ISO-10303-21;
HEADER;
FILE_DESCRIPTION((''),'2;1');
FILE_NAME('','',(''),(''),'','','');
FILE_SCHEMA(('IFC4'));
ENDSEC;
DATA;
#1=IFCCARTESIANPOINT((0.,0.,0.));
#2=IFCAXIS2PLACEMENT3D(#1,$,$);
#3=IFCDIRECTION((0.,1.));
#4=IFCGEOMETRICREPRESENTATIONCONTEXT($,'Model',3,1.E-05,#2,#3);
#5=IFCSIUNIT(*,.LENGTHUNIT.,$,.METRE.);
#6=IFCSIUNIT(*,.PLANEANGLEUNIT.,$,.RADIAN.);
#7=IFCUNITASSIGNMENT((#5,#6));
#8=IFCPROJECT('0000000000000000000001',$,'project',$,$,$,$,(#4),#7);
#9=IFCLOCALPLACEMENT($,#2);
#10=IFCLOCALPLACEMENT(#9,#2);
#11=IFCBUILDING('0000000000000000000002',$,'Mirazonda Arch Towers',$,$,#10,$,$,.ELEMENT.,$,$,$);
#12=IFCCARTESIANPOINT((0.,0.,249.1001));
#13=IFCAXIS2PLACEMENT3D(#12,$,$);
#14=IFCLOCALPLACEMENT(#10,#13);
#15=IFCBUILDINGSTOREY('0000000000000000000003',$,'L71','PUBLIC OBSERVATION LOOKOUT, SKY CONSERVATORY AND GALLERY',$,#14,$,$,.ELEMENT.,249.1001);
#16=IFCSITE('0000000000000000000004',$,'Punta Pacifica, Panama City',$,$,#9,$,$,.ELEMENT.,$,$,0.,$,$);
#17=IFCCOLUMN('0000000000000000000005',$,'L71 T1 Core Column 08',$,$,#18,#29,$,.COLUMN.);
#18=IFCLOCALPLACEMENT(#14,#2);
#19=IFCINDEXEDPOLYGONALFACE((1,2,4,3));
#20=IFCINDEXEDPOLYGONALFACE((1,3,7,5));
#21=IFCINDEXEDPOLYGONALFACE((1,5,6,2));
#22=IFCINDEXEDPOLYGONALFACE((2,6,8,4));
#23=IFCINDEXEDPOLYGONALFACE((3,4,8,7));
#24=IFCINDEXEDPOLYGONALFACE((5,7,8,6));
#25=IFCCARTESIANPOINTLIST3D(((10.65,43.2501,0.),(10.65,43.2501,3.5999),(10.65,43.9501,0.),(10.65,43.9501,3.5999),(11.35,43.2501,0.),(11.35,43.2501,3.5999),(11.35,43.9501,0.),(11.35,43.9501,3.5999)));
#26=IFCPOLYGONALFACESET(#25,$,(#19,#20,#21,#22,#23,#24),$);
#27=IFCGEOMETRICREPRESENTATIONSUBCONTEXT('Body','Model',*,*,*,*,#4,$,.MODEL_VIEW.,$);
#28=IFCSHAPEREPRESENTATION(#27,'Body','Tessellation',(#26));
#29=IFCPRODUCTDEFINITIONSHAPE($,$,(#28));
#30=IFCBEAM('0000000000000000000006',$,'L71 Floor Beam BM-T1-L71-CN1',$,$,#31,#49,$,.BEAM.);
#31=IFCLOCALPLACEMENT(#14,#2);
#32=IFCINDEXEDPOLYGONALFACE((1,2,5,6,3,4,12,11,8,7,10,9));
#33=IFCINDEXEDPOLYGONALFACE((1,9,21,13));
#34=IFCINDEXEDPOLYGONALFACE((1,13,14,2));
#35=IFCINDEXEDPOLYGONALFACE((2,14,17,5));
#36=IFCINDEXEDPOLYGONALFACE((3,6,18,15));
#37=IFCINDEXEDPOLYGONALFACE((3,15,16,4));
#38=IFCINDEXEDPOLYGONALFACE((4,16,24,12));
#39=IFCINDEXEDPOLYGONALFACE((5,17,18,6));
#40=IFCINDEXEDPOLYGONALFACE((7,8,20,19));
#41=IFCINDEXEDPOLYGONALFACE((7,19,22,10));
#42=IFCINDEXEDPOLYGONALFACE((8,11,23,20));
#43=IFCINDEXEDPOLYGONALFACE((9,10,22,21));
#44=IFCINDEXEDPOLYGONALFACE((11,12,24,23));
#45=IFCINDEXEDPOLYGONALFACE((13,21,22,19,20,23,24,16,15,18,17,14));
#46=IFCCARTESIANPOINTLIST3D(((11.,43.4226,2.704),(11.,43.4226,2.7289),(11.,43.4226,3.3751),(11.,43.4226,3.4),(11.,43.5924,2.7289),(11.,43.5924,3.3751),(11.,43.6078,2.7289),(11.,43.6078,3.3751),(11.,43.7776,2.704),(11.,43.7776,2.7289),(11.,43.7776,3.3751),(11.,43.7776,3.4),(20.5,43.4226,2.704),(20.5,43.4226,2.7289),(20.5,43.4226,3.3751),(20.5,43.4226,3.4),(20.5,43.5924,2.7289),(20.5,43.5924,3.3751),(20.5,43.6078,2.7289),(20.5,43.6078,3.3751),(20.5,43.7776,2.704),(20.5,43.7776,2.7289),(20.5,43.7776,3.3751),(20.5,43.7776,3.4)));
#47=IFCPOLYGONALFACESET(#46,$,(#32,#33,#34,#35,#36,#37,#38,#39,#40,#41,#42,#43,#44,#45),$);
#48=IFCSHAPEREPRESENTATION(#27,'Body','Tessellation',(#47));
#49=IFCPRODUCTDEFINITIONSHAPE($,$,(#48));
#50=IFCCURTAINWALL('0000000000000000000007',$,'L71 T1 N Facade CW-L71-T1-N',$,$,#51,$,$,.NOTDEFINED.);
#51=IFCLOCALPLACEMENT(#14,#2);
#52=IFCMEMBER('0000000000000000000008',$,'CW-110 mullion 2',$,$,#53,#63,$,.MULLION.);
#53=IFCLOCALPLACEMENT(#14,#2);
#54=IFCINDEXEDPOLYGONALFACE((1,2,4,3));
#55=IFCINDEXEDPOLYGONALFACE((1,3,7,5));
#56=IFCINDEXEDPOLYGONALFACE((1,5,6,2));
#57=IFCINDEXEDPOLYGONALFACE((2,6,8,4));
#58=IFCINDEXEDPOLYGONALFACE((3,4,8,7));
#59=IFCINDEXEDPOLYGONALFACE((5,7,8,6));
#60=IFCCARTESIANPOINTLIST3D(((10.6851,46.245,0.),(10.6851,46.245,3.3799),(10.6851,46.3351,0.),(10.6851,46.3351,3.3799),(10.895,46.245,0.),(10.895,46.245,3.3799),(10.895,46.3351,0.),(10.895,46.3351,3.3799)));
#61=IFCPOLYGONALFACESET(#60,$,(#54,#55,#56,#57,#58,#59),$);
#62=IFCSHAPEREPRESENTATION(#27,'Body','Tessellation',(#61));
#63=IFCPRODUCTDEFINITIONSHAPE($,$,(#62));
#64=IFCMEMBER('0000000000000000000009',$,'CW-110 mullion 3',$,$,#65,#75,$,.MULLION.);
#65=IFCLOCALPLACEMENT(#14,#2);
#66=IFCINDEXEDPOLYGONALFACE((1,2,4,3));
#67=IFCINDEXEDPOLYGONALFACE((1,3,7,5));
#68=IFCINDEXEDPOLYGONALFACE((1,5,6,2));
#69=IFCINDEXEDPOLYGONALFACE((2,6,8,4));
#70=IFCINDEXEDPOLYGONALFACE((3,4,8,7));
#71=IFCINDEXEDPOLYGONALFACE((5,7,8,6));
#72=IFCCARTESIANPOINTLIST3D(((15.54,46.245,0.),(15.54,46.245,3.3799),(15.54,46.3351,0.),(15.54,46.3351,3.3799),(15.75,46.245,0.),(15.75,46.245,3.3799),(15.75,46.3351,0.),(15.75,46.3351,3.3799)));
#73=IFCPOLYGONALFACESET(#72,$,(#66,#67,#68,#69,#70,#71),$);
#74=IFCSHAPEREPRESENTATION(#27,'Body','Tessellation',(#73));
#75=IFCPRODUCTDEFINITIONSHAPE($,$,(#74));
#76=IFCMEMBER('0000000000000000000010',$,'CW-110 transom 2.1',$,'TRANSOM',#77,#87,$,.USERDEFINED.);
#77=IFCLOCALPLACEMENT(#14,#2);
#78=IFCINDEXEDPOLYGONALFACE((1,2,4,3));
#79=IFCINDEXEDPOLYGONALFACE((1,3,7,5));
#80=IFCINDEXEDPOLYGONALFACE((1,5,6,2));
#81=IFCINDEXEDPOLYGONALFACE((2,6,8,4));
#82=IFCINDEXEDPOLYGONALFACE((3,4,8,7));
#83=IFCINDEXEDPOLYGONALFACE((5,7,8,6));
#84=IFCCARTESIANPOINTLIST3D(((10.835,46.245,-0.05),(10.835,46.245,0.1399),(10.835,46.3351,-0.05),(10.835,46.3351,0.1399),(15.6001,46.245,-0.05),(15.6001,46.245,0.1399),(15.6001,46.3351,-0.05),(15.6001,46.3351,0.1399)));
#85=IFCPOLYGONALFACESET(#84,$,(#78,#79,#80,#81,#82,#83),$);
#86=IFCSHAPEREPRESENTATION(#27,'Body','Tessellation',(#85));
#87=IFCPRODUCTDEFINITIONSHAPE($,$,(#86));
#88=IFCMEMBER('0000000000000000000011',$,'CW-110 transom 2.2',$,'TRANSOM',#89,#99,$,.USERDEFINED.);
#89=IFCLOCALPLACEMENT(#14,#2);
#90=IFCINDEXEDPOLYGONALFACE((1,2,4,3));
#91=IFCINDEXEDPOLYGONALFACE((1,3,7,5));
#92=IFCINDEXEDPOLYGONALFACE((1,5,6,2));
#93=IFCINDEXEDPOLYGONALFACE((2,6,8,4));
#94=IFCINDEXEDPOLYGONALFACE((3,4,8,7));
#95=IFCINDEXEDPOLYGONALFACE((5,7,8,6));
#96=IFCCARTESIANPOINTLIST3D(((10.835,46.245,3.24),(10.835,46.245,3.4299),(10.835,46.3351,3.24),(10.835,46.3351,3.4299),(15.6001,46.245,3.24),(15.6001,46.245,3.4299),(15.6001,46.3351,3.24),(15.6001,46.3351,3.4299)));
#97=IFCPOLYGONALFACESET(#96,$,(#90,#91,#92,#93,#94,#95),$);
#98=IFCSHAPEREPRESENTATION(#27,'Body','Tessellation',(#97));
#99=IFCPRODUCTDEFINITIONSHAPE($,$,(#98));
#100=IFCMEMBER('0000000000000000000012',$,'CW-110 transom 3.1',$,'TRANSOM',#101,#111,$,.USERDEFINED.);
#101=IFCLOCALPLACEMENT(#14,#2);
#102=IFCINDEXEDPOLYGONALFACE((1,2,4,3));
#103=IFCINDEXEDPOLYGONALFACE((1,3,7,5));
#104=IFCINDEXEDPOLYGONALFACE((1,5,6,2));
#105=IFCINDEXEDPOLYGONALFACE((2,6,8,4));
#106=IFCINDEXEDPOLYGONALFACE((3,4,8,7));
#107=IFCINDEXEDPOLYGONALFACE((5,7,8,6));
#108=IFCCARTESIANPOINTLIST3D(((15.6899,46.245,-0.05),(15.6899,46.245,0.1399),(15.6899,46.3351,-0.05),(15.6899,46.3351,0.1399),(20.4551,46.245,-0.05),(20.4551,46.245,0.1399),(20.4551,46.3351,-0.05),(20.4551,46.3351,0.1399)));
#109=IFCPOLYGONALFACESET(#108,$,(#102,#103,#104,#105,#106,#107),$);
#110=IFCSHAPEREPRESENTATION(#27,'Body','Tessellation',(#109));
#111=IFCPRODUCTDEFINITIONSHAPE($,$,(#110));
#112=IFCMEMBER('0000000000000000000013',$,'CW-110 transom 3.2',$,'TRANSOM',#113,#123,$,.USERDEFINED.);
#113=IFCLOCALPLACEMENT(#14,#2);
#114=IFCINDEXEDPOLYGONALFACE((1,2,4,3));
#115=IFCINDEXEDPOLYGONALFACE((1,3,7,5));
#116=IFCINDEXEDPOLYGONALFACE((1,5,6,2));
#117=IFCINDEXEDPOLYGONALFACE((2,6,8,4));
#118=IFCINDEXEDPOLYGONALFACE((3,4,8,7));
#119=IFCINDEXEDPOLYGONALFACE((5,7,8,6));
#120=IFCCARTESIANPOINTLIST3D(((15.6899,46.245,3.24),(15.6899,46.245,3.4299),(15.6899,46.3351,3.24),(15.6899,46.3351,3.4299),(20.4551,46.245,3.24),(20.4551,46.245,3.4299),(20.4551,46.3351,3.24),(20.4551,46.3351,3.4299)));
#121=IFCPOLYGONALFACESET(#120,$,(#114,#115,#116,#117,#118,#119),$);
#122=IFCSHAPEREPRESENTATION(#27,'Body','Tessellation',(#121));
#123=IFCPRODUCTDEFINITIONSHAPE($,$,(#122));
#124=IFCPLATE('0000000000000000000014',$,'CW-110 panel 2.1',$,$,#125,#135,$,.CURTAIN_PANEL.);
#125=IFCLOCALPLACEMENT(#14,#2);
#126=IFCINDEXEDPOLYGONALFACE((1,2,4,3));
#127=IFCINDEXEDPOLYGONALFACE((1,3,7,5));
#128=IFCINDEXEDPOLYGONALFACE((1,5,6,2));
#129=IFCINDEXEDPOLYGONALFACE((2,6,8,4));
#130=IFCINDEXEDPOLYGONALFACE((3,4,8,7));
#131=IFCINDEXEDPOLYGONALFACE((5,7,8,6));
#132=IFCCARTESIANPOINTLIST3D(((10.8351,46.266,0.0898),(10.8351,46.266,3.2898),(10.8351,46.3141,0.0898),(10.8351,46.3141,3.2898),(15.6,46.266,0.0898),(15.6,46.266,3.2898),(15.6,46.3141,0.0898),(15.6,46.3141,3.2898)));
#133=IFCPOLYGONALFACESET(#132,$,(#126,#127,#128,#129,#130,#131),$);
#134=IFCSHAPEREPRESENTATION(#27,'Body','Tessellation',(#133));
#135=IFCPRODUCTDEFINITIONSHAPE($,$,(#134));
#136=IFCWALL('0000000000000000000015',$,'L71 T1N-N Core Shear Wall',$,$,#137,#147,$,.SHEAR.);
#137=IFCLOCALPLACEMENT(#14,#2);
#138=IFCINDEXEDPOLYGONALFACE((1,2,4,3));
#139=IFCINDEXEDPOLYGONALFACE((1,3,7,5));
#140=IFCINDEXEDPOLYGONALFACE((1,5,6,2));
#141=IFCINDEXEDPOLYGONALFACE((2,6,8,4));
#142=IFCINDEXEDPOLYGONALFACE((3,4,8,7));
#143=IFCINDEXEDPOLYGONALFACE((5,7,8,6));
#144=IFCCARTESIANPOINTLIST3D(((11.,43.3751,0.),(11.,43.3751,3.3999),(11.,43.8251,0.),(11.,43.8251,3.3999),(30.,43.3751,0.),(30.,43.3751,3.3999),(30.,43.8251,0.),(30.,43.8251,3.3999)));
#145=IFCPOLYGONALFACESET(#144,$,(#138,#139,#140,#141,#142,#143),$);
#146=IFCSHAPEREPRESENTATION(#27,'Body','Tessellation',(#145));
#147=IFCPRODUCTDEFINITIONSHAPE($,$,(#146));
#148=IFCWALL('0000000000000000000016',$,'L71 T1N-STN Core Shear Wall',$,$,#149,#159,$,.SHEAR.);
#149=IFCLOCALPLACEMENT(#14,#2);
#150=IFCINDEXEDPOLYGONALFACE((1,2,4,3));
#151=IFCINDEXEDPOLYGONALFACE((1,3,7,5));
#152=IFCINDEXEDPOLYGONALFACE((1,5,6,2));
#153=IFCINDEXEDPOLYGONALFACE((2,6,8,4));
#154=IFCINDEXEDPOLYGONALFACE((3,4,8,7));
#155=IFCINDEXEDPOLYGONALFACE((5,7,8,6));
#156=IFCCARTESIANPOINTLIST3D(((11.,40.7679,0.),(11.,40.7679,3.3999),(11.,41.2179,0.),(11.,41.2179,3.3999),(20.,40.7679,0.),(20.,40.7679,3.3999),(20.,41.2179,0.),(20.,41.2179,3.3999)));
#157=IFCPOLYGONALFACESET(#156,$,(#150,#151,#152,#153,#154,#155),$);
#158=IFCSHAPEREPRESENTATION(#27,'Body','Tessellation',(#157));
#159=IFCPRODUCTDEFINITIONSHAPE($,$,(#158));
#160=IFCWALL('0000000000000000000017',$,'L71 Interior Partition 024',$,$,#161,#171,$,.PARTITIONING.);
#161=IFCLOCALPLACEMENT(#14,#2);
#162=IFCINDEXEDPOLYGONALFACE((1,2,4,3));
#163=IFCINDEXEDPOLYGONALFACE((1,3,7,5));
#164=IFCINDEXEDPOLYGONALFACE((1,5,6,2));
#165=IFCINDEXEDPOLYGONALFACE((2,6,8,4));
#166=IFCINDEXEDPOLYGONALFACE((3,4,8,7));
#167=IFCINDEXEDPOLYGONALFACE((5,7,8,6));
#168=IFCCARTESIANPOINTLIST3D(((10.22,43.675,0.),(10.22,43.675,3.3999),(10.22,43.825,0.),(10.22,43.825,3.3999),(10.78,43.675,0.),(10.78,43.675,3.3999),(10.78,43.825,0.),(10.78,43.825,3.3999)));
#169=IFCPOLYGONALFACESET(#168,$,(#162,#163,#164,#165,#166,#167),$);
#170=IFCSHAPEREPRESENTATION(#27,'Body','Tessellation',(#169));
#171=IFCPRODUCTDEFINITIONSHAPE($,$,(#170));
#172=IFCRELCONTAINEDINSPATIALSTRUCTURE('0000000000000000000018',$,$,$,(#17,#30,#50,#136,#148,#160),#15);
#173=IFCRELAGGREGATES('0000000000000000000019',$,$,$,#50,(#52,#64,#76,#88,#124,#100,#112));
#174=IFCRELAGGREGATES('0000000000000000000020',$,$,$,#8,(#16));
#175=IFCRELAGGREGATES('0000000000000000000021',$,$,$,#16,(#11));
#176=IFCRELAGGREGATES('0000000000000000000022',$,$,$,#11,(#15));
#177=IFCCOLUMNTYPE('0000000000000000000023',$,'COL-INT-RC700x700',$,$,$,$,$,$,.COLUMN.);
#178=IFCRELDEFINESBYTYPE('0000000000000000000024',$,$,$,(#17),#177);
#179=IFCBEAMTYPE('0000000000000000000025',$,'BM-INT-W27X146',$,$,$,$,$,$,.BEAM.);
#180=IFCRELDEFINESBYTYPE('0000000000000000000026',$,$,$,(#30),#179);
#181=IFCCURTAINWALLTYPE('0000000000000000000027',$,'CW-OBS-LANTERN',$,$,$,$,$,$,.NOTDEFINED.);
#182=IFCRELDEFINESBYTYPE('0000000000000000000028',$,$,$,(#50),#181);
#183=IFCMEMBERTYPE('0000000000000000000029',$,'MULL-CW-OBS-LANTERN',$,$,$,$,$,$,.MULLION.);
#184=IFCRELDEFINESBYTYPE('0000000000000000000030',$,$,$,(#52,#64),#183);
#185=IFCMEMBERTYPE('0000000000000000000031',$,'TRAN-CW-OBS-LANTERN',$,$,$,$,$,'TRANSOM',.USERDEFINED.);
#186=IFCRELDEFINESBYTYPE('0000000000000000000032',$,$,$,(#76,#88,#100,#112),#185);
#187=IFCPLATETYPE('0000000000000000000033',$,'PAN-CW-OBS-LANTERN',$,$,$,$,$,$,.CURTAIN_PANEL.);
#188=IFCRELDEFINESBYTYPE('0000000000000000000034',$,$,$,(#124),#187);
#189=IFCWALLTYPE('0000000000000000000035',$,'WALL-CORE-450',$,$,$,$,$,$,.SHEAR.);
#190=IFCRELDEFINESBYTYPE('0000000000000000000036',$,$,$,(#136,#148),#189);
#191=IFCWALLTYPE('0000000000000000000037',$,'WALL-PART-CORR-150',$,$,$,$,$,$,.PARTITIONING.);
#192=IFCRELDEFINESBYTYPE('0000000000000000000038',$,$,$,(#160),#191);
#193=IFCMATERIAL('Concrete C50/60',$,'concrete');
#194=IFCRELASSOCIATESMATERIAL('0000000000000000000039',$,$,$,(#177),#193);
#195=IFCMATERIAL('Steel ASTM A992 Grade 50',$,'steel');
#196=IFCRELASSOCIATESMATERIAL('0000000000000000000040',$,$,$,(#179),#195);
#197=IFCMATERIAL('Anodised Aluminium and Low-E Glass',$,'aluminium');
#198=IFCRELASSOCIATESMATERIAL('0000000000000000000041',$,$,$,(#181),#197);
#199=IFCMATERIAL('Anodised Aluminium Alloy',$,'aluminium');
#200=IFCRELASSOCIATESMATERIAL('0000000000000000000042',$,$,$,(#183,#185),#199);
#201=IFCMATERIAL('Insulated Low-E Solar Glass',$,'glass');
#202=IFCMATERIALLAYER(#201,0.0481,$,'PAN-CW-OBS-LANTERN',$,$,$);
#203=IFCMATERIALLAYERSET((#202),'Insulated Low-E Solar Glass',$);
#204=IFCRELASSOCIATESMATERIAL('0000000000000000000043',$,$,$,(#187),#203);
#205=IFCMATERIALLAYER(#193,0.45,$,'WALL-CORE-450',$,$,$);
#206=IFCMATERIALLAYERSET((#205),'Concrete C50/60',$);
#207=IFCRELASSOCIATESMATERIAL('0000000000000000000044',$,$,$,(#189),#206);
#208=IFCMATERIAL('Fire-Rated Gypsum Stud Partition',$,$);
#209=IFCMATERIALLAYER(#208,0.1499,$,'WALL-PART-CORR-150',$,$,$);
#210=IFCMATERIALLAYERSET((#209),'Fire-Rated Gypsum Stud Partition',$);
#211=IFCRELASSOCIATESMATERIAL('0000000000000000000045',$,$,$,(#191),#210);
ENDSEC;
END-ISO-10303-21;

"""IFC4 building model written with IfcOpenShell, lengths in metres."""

from ifc_helpers import new_model, si_unit, direction, frame, frame_2d, origin, origin_2d, place, context, subcontext, project, spatial, rectangle, i_section, extrude, material, layer, layer_set, material_profile, profile_set, type_object, element, aggregate, save


model = new_model("IFC4")

# Units and contexts
model_context = context("Model", 3, precision=1e-05, world=origin(), true_north=direction((0.0, 1.0)))
body_context = subcontext(model_context, "Body", "Model", "MODEL_VIEW")
ifc_project = project(units=[si_unit("LENGTHUNIT", "METRE"), si_unit("PLANEANGLEUNIT", "RADIAN")], contexts=[model_context])

# Site, building, storey
site_placement = place(None, origin())
site = spatial("IfcSite", under=ifc_project, at=site_placement, Name="Punta Pacifica, Panama City", CompositionType="ELEMENT", RefElevation=0.0)
building_placement = place(site_placement, origin())
building = spatial("IfcBuilding", under=site, at=building_placement, Name="Mirazonda Arch Towers", CompositionType="ELEMENT")
storey_placement = place(building_placement, frame((0.0, 0.0, 249.1001)))
storey = spatial("IfcBuildingStorey", under=building, at=storey_placement, Name="L71", Description="PUBLIC OBSERVATION LOOKOUT, SKY CONSERVATORY AND GALLERY", CompositionType="ELEMENT", Elevation=249.1001)

# Column
ifc_material_1 = material(Name="Concrete C50/60", Category="concrete")
ifc_material_profile_1 = material_profile(ifc_material_1, rectangle(XDim=0.7, YDim=0.7, at=origin_2d()), Name="RC700x700")
ifc_profile_set_1 = profile_set([ifc_material_profile_1], Name="Concrete C50/60")
column_type = type_object("IfcColumnType", Name="COL-INT-RC700x700", PredefinedType="COLUMN", material=ifc_profile_set_1)
column_placement = place(storey_placement, frame((11.0, 43.6001, 0.0), z_axis=(0.0, 0.0, 1.0), x_axis=(1.0, 0.0, 0.0)))
element("IfcColumn", 1, at=column_placement, inside=storey, type_object=column_type, Name="L71 T1 Core Column 08", PredefinedType="COLUMN", context=body_context, shape_type="SweptSolid", body=[
    extrude(rectangle(XDim=0.7, YDim=0.7, at=origin_2d()), origin(), (0.0, 0.0, 1.0), 3.5999),
])

# Beam
ifc_material_2 = material(Name="Steel ASTM A992 Grade 50", Category="steel")
ifc_material_profile_2 = material_profile(ifc_material_2, i_section(OverallWidth=0.355, OverallDepth=0.696, WebThickness=0.0154, FlangeThickness=0.0249, at=origin_2d()), Name="W27X146")
ifc_profile_set_2 = profile_set([ifc_material_profile_2], Name="Steel ASTM A992 Grade 50")
beam_type = type_object("IfcBeamType", Name="BM-INT-W27X146", PredefinedType="BEAM", material=ifc_profile_set_2)
beam_placement = place(storey_placement, frame((11.0, 43.6001, 3.052), z_axis=(1.0, 0.0, 0.0), x_axis=(0.0, 1.0, 0.0)))
element("IfcBeam", 2, at=beam_placement, inside=storey, type_object=beam_type, Name="L71 Floor Beam BM-T1-L71-CN1", PredefinedType="BEAM", context=body_context, shape_type="SweptSolid", body=[
    extrude(i_section(OverallWidth=0.355, OverallDepth=0.696, WebThickness=0.0154, FlangeThickness=0.0249, at=origin_2d()), origin(), (0.0, 0.0, 1.0), 9.5),
])

# Curtain wall, members, plate
ifc_material_3 = material(Name="Anodised Aluminium and Low-E Glass", Category="aluminium")
curtain_wall_type = type_object("IfcCurtainWallType", Name="CW-OBS-LANTERN", PredefinedType="NOTDEFINED", material=ifc_material_3)
curtain_wall_placement = place(storey_placement, origin())
curtain_wall = element("IfcCurtainWall", 3, at=curtain_wall_placement, inside=storey, type_object=curtain_wall_type, Name="L71 T1 N Facade CW-L71-T1-N", PredefinedType="NOTDEFINED")
ifc_material_4 = material(Name="Anodised Aluminium Alloy", Category="aluminium")
ifc_material_profile_3 = material_profile(ifc_material_4, rectangle(XDim=0.0901, YDim=0.21, at=origin_2d()), Name="ALU-MULL-90x210")
ifc_profile_set_3 = profile_set([ifc_material_profile_3], Name="Anodised Aluminium Alloy")
member_type_1 = type_object("IfcMemberType", Name="MULL-CW-OBS-LANTERN", PredefinedType="MULLION", material=ifc_profile_set_3)
member_1_placement = place(storey_placement, frame((10.79, 46.29, 0.0), z_axis=(0.0, 0.0, 1.0), x_axis=(0.0, 1.0, 0.0)))
member_1 = element("IfcMember", 4, at=member_1_placement, type_object=member_type_1, Name="CW-110 mullion 2", PredefinedType="MULLION", context=body_context, shape_type="SweptSolid", body=[
    extrude(rectangle(XDim=0.0901, YDim=0.21, at=origin_2d()), origin(), (0.0, 0.0, 1.0), 3.3799),
])
member_2_placement = place(storey_placement, frame((15.645, 46.29, 0.0), z_axis=(0.0, 0.0, 1.0), x_axis=(0.0, 1.0, 0.0)))
member_2 = element("IfcMember", 5, at=member_2_placement, type_object=member_type_1, Name="CW-110 mullion 3", PredefinedType="MULLION", context=body_context, shape_type="SweptSolid", body=[
    extrude(rectangle(XDim=0.0901, YDim=0.21, at=origin_2d()), origin(), (0.0, 0.0, 1.0), 3.3799),
])
ifc_material_profile_4 = material_profile(ifc_material_4, rectangle(XDim=0.0901, YDim=0.1899, at=origin_2d()), Name="ALU-TRAN-90x190")
ifc_profile_set_4 = profile_set([ifc_material_profile_4], Name="Anodised Aluminium Alloy")
member_type_2 = type_object("IfcMemberType", Name="TRAN-CW-OBS-LANTERN", ElementType="TRANSOM", PredefinedType="USERDEFINED", material=ifc_profile_set_4)
member_3_placement = place(storey_placement, frame((10.835, 46.29, 0.0449), z_axis=(1.0, 0.0, 0.0), x_axis=(0.0, 1.0, 0.0)))
member_3 = element("IfcMember", 6, at=member_3_placement, type_object=member_type_2, Name="CW-110 transom 2.1", ObjectType="TRANSOM", PredefinedType="USERDEFINED", context=body_context, shape_type="SweptSolid", body=[
    extrude(rectangle(XDim=0.0901, YDim=0.1899, at=origin_2d()), origin(), (0.0, 0.0, 1.0), 4.7651),
])
member_4_placement = place(storey_placement, frame((10.835, 46.29, 3.335), z_axis=(1.0, 0.0, 0.0), x_axis=(0.0, 1.0, 0.0)))
member_4 = element("IfcMember", 7, at=member_4_placement, type_object=member_type_2, Name="CW-110 transom 2.2", ObjectType="TRANSOM", PredefinedType="USERDEFINED", context=body_context, shape_type="SweptSolid", body=[
    extrude(rectangle(XDim=0.0901, YDim=0.1899, at=origin_2d()), origin(), (0.0, 0.0, 1.0), 4.7651),
])
member_5_placement = place(storey_placement, frame((15.6899, 46.29, 0.0449), z_axis=(1.0, 0.0, 0.0), x_axis=(0.0, 1.0, 0.0)))
member_5 = element("IfcMember", 8, at=member_5_placement, type_object=member_type_2, Name="CW-110 transom 3.1", ObjectType="TRANSOM", PredefinedType="USERDEFINED", context=body_context, shape_type="SweptSolid", body=[
    extrude(rectangle(XDim=0.0901, YDim=0.1899, at=origin_2d()), origin(), (0.0, 0.0, 1.0), 4.7651),
])
member_6_placement = place(storey_placement, frame((15.6899, 46.29, 3.335), z_axis=(1.0, 0.0, 0.0), x_axis=(0.0, 1.0, 0.0)))
member_6 = element("IfcMember", 9, at=member_6_placement, type_object=member_type_2, Name="CW-110 transom 3.2", ObjectType="TRANSOM", PredefinedType="USERDEFINED", context=body_context, shape_type="SweptSolid", body=[
    extrude(rectangle(XDim=0.0901, YDim=0.1899, at=origin_2d()), origin(), (0.0, 0.0, 1.0), 4.7651),
])
ifc_material_5 = material(Name="Insulated Low-E Solar Glass", Category="glass")
ifc_layer_1 = layer(ifc_material_5, 0.0481, Name="PAN-CW-OBS-LANTERN")
ifc_layer_set_1 = layer_set([ifc_layer_1], Name="Insulated Low-E Solar Glass")
plate_type = type_object("IfcPlateType", Name="PAN-CW-OBS-LANTERN", PredefinedType="CURTAIN_PANEL", material=ifc_layer_set_1)
plate_placement = place(storey_placement, frame((13.2175, 46.29, 0.0898), z_axis=(0.0, 0.0, 1.0), x_axis=(1.0, 0.0, 0.0)))
plate = element("IfcPlate", 10, at=plate_placement, type_object=plate_type, Name="CW-110 panel 2.1", PredefinedType="CURTAIN_PANEL", context=body_context, shape_type="SweptSolid", body=[
    extrude(rectangle(XDim=4.7649, YDim=0.0481, at=origin_2d()), origin(), (0.0, 0.0, 1.0), 3.2),
])
aggregate(curtain_wall, [member_1, member_2, member_3, member_4, plate, member_5, member_6])

# Walls
ifc_layer_2 = layer(ifc_material_1, 0.45, Name="WALL-CORE-450")
ifc_layer_set_2 = layer_set([ifc_layer_2], Name="Concrete C50/60")
wall_type_1 = type_object("IfcWallType", Name="WALL-CORE-450", PredefinedType="SHEAR", material=ifc_layer_set_2)
wall_1_placement = place(storey_placement, frame((11.0, 43.6001, 0.0), z_axis=(0.0, 0.0, 1.0), x_axis=(1.0, 0.0, 0.0)))
element("IfcWall", 11, at=wall_1_placement, inside=storey, type_object=wall_type_1, Name="L71 T1N-N Core Shear Wall", PredefinedType="SHEAR", context=body_context, shape_type="SweptSolid", body=[
    extrude(rectangle(XDim=19.0, YDim=0.45, at=frame_2d((9.5, 0.0))), origin(), (0.0, 0.0, 1.0), 3.3999),
])
wall_2_placement = place(storey_placement, frame((11.0, 40.9929, 0.0), z_axis=(0.0, 0.0, 1.0), x_axis=(1.0, 0.0, 0.0)))
element("IfcWall", 12, at=wall_2_placement, inside=storey, type_object=wall_type_1, Name="L71 T1N-STN Core Shear Wall", PredefinedType="SHEAR", context=body_context, shape_type="SweptSolid", body=[
    extrude(rectangle(XDim=9.0, YDim=0.45, at=frame_2d((4.5, 0.0))), origin(), (0.0, 0.0, 1.0), 3.3999),
])
ifc_material_6 = material(Name="Fire-Rated Gypsum Stud Partition")
ifc_layer_3 = layer(ifc_material_6, 0.1499, Name="WALL-PART-CORR-150")
ifc_layer_set_3 = layer_set([ifc_layer_3], Name="Fire-Rated Gypsum Stud Partition")
wall_type_2 = type_object("IfcWallType", Name="WALL-PART-CORR-150", PredefinedType="PARTITIONING", material=ifc_layer_set_3)
wall_3_placement = place(storey_placement, frame((10.22, 43.75, 0.0), z_axis=(0.0, 0.0, 1.0), x_axis=(1.0, 0.0, 0.0)))
element("IfcWall", 13, at=wall_3_placement, inside=storey, type_object=wall_type_2, Name="L71 Interior Partition 024", PredefinedType="PARTITIONING", context=body_context, shape_type="SweptSolid", body=[
    extrude(rectangle(XDim=0.5601, YDim=0.1499, at=frame_2d((0.28, 0.0))), origin(), (0.0, 0.0, 1.0), 3.3999),
])

save(model, "model.ifc")
